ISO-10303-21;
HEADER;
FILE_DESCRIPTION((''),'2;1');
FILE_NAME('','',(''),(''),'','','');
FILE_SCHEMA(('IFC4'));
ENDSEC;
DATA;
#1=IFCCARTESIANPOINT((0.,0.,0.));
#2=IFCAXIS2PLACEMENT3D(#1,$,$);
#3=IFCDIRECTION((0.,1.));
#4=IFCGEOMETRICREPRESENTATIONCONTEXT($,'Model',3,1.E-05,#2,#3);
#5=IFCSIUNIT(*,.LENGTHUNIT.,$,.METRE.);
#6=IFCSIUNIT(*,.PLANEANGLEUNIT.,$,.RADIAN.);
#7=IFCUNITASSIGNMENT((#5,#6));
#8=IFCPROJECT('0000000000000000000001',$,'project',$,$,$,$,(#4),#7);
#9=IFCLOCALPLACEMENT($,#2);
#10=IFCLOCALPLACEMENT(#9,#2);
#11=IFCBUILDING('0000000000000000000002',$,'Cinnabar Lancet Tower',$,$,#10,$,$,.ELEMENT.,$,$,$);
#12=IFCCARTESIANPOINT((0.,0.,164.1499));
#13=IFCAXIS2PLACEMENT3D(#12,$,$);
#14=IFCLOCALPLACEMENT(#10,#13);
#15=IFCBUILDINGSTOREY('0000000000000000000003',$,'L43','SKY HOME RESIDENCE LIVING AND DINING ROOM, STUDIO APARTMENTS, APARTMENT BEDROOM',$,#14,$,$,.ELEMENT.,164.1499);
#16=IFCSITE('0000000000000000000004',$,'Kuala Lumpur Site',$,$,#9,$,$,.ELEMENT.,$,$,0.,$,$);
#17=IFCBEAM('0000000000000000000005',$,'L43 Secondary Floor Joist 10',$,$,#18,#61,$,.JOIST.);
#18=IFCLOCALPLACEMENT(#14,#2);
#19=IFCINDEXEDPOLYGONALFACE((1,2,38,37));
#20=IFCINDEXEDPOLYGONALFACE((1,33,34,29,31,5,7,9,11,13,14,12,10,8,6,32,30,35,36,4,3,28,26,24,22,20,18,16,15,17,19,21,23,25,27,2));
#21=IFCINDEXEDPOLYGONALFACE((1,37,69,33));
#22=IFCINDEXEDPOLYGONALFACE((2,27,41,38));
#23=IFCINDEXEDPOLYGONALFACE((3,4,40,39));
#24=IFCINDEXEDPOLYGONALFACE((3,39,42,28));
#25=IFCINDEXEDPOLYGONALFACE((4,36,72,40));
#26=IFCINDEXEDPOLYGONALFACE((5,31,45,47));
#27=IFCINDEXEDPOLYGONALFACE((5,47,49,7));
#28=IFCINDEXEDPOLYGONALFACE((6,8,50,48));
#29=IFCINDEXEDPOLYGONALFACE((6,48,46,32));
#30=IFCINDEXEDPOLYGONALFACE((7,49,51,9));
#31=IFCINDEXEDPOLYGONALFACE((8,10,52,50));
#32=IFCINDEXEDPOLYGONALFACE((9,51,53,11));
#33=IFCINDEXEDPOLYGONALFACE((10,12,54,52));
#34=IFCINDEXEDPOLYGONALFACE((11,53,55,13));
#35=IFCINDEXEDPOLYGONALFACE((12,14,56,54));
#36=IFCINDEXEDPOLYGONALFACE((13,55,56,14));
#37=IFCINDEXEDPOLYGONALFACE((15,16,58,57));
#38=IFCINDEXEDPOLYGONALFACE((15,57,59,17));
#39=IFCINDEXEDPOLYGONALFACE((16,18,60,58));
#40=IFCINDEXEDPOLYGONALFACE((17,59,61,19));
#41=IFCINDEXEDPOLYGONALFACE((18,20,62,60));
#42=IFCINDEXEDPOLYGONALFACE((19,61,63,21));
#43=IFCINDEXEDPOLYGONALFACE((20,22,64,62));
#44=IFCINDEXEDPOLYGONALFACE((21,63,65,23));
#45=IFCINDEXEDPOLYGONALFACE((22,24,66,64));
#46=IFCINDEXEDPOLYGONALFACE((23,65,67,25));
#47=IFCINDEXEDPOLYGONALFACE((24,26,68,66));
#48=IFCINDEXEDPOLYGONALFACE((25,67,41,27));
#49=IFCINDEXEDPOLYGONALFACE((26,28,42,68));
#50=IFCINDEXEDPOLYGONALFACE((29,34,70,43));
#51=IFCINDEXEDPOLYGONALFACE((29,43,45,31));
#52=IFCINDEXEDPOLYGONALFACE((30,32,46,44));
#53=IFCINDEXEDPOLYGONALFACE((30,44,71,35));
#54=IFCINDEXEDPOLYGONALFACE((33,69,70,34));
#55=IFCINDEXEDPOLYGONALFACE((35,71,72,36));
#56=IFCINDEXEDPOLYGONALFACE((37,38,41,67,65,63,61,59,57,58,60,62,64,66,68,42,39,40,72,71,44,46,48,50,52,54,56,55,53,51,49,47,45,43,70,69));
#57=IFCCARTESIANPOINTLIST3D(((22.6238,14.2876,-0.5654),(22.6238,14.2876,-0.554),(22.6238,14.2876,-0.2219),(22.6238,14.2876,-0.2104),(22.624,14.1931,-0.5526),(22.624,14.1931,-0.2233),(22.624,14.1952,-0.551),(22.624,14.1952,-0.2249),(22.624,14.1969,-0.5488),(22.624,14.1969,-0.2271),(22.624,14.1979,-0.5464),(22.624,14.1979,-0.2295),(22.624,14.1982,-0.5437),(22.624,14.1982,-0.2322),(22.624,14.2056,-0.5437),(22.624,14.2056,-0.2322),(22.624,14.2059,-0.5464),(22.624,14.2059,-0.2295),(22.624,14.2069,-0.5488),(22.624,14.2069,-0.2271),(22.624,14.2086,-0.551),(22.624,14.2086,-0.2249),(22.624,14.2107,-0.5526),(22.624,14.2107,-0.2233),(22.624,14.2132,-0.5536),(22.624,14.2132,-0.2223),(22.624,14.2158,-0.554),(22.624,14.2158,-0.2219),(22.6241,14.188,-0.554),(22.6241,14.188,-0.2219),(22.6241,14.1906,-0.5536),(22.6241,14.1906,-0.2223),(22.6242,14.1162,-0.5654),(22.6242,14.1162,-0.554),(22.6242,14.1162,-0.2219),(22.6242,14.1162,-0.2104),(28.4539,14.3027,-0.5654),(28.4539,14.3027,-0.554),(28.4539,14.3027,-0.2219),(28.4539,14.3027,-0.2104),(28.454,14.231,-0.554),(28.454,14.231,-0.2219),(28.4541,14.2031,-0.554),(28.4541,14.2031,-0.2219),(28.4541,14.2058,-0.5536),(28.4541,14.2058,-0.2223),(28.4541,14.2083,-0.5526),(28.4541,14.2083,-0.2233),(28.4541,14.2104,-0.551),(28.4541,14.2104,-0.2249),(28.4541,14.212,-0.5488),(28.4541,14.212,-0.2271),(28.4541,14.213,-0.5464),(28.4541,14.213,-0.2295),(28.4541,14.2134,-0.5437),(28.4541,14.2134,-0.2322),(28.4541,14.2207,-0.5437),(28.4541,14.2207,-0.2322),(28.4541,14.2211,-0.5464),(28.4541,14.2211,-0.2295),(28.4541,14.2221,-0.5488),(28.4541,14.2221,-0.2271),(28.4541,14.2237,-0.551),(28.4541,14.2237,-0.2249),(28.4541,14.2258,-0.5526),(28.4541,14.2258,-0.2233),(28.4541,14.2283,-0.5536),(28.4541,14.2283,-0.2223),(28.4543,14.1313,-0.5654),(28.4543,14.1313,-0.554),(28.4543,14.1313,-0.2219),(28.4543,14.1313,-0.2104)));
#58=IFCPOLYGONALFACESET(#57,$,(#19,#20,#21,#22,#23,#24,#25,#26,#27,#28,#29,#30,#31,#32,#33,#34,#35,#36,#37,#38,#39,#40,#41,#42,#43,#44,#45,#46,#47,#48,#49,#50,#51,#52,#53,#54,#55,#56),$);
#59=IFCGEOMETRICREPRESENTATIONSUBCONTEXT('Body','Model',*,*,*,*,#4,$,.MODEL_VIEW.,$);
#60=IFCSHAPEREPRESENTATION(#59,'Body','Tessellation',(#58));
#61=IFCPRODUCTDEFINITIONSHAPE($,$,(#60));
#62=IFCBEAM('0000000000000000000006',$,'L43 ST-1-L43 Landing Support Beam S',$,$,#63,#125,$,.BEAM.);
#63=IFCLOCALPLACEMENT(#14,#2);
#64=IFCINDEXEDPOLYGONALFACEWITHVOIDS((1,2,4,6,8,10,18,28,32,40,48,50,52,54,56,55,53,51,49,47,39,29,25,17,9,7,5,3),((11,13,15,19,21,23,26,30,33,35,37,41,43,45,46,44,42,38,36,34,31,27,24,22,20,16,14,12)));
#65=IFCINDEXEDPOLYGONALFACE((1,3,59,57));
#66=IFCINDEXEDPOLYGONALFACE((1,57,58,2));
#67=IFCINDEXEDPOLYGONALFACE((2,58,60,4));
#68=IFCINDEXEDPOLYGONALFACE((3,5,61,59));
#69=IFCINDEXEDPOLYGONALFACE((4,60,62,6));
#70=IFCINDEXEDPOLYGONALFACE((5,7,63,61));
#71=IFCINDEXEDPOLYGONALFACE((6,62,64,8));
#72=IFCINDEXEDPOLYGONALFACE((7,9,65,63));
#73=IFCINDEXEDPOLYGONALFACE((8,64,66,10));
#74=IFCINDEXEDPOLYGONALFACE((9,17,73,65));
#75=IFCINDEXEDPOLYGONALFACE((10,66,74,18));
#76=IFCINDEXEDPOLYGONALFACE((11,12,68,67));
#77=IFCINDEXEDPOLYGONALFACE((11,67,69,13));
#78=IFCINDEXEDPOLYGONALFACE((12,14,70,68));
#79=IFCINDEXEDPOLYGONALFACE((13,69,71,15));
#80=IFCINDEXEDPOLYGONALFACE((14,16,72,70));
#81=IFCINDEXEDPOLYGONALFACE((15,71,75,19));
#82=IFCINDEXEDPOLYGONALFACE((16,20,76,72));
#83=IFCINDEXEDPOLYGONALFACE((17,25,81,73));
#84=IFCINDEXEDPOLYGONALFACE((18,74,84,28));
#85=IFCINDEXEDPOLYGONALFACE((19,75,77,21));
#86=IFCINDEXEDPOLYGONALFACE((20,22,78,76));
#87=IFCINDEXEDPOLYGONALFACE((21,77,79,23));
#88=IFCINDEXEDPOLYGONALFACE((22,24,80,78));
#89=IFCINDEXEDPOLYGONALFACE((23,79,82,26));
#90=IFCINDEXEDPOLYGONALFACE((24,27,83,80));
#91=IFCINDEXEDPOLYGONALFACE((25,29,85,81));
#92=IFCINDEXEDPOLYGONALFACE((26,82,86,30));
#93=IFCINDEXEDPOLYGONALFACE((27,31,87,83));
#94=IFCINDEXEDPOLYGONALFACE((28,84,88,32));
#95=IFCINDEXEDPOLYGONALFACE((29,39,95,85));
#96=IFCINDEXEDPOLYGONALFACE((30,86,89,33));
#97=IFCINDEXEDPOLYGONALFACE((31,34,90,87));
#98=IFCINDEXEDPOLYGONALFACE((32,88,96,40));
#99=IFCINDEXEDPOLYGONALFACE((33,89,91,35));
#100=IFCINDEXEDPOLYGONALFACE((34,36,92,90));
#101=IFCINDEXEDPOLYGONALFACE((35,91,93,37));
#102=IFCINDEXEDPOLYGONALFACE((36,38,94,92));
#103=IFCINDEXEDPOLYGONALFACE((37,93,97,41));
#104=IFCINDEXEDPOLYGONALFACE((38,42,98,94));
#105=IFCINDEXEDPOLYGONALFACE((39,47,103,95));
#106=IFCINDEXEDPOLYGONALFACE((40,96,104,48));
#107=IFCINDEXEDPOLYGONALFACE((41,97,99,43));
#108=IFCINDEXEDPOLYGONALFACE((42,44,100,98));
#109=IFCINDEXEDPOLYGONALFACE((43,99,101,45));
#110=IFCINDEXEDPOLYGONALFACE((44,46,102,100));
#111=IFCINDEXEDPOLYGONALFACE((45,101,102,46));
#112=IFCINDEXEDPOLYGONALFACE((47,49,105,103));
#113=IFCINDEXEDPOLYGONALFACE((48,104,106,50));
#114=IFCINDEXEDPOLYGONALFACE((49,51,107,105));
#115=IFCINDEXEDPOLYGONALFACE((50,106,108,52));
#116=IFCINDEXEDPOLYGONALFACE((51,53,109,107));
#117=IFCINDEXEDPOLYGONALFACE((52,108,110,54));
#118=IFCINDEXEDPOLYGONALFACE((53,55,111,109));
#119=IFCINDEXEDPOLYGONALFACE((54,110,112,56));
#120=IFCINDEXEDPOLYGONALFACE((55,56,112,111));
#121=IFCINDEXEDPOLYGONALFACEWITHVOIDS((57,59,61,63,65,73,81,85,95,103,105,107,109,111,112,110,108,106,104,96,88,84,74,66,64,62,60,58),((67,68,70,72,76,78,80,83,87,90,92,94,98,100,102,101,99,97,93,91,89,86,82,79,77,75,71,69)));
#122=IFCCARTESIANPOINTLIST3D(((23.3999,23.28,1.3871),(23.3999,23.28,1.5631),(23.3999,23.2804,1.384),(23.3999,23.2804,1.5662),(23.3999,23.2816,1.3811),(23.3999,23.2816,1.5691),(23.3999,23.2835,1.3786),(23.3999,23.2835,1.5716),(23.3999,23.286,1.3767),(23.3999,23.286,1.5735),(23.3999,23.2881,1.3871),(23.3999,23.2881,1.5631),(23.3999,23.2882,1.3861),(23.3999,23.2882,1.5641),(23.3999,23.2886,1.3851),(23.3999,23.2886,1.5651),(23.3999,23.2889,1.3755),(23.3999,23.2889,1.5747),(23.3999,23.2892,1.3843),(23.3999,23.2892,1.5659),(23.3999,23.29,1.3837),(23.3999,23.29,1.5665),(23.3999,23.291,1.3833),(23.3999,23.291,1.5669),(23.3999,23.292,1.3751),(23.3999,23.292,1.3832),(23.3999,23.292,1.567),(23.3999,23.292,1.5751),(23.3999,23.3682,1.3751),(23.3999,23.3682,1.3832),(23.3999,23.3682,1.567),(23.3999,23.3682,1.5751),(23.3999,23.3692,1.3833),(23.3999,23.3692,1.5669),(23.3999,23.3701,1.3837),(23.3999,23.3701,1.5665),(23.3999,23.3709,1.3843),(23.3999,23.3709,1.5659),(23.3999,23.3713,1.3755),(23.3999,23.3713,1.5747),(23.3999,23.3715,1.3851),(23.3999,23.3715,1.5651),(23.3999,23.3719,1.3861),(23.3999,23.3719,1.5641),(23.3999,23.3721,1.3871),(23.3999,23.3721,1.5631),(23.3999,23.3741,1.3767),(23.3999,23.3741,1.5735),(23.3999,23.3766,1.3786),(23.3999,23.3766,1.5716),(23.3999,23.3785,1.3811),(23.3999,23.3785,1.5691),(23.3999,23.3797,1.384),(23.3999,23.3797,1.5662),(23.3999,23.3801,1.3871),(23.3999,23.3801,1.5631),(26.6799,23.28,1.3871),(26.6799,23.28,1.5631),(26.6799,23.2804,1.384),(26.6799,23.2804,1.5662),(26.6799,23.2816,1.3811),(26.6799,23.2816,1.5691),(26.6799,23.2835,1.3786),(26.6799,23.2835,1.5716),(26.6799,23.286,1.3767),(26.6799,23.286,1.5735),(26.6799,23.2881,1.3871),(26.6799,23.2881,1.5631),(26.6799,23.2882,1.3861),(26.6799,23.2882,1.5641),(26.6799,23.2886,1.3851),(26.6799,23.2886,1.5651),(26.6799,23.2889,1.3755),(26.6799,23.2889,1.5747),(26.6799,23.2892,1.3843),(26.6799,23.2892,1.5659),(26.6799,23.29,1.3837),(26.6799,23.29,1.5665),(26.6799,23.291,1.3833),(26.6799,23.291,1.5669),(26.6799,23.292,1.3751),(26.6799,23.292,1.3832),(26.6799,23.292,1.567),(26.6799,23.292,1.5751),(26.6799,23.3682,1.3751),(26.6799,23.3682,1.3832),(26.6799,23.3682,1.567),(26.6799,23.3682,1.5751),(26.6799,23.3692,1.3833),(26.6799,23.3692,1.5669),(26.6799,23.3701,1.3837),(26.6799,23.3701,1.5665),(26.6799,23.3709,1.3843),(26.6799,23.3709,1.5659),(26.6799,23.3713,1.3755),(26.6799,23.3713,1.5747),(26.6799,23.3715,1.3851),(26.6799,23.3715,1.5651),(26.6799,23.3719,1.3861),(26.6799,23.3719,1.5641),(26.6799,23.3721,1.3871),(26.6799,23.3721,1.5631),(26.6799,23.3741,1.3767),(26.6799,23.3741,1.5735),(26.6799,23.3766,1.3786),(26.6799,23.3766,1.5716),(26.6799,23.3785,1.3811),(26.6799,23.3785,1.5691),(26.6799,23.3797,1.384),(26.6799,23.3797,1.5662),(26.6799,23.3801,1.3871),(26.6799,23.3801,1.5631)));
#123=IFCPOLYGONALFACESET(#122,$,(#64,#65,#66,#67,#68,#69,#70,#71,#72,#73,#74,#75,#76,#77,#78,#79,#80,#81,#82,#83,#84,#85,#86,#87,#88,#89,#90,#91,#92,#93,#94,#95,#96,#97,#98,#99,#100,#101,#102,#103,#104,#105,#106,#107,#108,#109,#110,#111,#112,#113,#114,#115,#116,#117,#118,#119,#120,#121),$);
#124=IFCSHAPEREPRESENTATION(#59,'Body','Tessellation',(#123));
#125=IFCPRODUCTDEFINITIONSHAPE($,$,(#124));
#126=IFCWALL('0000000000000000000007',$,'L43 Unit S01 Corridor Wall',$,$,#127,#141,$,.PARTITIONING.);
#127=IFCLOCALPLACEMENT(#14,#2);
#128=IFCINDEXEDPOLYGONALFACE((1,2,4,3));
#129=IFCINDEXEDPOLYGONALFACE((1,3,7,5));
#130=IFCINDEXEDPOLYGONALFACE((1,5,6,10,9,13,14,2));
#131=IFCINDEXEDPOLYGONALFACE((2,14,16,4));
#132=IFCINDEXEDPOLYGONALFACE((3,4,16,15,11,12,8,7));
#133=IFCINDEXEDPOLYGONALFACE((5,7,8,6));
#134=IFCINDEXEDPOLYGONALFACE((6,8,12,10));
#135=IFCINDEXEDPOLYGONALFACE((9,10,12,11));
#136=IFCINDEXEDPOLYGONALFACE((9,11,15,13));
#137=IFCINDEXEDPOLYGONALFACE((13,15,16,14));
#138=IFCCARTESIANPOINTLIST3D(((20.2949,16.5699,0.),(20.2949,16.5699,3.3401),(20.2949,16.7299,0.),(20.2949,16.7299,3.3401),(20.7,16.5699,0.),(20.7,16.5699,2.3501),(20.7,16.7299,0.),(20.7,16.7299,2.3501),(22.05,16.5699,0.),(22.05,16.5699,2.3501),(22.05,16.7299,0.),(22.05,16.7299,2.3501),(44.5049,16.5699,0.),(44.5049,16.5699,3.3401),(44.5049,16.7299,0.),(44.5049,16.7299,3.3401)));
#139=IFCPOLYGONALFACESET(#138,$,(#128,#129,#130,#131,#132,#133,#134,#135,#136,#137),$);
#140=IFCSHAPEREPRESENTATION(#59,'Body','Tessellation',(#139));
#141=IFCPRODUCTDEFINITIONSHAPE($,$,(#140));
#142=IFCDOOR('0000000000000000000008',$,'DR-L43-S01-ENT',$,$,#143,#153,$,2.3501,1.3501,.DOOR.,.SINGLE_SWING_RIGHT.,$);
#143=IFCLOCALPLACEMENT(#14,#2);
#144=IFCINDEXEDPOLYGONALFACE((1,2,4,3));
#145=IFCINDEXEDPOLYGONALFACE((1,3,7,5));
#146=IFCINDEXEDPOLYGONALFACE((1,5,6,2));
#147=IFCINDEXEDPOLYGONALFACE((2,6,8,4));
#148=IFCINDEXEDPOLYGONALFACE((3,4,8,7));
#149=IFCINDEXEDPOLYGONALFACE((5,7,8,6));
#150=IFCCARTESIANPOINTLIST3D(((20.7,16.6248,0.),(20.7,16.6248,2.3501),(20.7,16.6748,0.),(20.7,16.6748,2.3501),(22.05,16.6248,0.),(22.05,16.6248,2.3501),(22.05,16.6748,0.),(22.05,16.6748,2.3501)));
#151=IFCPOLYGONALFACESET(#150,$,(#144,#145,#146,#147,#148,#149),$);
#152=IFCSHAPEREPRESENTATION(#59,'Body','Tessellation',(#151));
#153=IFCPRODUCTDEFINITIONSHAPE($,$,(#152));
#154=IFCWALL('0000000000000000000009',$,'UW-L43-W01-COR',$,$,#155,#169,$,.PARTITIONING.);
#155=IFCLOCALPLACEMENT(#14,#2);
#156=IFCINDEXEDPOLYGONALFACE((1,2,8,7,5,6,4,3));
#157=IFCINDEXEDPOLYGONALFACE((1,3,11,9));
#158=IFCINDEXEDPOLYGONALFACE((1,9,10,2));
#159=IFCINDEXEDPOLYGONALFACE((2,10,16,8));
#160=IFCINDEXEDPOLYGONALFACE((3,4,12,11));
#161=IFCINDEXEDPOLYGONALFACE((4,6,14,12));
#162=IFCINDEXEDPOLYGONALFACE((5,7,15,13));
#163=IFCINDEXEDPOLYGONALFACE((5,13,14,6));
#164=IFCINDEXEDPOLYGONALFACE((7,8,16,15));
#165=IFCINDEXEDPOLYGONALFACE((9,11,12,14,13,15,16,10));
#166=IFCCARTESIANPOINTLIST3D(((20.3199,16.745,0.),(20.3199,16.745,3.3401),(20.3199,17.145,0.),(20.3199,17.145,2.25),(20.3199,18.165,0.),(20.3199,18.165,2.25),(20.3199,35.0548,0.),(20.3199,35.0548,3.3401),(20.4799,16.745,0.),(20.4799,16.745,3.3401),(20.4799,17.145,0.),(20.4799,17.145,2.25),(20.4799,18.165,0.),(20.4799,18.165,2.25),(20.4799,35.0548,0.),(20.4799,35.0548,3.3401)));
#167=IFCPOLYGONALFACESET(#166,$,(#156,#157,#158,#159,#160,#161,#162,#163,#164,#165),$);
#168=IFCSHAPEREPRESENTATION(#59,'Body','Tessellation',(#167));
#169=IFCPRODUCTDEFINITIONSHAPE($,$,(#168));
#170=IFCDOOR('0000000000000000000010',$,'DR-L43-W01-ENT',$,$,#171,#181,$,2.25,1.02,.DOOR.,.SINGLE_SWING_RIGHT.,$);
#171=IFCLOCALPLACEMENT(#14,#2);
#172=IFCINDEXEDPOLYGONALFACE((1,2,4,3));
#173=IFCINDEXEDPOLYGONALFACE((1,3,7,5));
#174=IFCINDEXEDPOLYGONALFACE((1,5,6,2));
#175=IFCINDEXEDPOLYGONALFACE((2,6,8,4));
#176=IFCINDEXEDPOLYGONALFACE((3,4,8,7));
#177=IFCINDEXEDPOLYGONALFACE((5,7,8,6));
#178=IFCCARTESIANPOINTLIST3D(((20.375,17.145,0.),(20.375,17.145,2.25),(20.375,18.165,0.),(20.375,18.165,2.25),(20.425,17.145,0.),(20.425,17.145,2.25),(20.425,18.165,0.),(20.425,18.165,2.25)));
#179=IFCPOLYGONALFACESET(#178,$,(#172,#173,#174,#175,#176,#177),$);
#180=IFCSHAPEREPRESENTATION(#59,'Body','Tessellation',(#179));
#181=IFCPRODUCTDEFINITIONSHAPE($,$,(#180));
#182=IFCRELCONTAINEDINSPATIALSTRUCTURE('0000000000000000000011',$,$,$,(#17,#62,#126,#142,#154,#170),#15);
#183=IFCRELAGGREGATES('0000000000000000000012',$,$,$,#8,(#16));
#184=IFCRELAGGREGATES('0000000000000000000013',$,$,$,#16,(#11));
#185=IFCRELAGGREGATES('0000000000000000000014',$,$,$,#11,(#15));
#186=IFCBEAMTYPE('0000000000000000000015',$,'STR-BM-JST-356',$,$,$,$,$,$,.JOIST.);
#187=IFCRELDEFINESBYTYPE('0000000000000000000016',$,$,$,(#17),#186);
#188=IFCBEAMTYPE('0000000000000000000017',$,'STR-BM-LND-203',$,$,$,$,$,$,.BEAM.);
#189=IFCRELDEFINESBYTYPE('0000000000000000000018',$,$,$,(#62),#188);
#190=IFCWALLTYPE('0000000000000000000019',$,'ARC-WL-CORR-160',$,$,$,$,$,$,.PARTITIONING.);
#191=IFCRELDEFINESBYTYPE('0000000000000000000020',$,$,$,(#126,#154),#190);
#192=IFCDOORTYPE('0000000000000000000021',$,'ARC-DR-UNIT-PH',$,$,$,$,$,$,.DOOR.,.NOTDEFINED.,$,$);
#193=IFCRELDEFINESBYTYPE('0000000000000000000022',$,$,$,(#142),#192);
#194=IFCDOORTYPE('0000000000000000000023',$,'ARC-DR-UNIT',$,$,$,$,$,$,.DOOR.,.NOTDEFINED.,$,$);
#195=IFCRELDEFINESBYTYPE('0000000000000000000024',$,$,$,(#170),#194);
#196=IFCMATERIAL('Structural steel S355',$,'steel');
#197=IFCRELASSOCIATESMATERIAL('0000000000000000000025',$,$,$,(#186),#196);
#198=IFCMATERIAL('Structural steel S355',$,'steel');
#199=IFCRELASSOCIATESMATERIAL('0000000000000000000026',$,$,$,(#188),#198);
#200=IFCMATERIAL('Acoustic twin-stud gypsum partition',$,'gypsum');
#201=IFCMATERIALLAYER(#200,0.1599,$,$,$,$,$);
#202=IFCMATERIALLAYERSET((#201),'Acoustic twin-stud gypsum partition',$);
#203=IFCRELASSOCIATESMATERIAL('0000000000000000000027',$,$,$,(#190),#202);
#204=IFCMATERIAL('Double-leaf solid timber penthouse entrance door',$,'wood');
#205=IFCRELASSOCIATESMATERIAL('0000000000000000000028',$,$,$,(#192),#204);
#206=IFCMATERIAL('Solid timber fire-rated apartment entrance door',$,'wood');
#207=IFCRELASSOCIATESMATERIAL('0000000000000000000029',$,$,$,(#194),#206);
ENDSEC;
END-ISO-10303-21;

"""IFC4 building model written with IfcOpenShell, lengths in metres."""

from ifc_helpers import new_model, si_unit, direction, frame, frame_2d, origin, origin_2d, place, context, subcontext, project, spatial, rectangle, hollow_rectangle, i_section, extrude, material, layer, layer_set, material_profile, profile_set, type_object, element, fill, save


model = new_model("IFC4")

# Units and contexts
model_context = context("Model", 3, precision=1e-05, world=origin(), true_north=direction((0.0, 1.0)))
body_context = subcontext(model_context, "Body", "Model", "MODEL_VIEW")
ifc_project = project(units=[si_unit("LENGTHUNIT", "METRE"), si_unit("PLANEANGLEUNIT", "RADIAN")], contexts=[model_context])

# Site, building, storey
site_placement = place(None, origin())
site = spatial("IfcSite", under=ifc_project, at=site_placement, Name="Kuala Lumpur Site", CompositionType="ELEMENT", RefElevation=0.0)
building_placement = place(site_placement, origin())
building = spatial("IfcBuilding", under=site, at=building_placement, Name="Cinnabar Lancet Tower", CompositionType="ELEMENT")
storey_placement = place(building_placement, frame((0.0, 0.0, 164.1499)))
storey = spatial("IfcBuildingStorey", under=building, at=storey_placement, Name="L43", Description="SKY HOME RESIDENCE LIVING AND DINING ROOM, STUDIO APARTMENTS, APARTMENT BEDROOM", CompositionType="ELEMENT", Elevation=164.1499)

# Beams
ifc_material_1 = material(Name="Structural steel S355", Category="steel")
ifc_material_profile_1 = material_profile(ifc_material_1, i_section(OverallWidth=0.1714, OverallDepth=0.355, WebThickness=0.0073, FlangeThickness=0.0115, FilletRadius=0.0103, at=origin_2d()), Name="UKB 356x171x51")
ifc_profile_set_1 = profile_set([ifc_material_profile_1], Name="Structural steel S355")
beam_type_1 = type_object("IfcBeamType", Name="STR-BM-JST-356", PredefinedType="JOIST", material=ifc_profile_set_1)
beam_1_placement = place(storey_placement, frame((22.624, 14.2019, -0.3879), z_axis=(0.999997, 0.002596, 0.0), x_axis=(-0.002596, 0.999997, 0.0)))
element("IfcBeam", 1, at=beam_1_placement, inside=storey, type_object=beam_type_1, Name="L43 Secondary Floor Joist 10", PredefinedType="JOIST", context=body_context, shape_type="SweptSolid", body=[
    extrude(i_section(OverallWidth=0.1714, OverallDepth=0.355, WebThickness=0.0073, FlangeThickness=0.0115, FilletRadius=0.0103, at=origin_2d()), origin(), (0.0, 0.0, 1.0), 5.8301),
])
ifc_material_2 = material(Name="Structural steel S355", Category="steel")
ifc_material_profile_2 = material_profile(ifc_material_2, hollow_rectangle(XDim=0.1001, YDim=0.2, WallThickness=0.0081, InnerFilletRadius=0.0039, OuterFilletRadius=0.012, at=origin_2d()), Name="RHS 200x100x8")
ifc_profile_set_2 = profile_set([ifc_material_profile_2], Name="Structural steel S355")
beam_type_2 = type_object("IfcBeamType", Name="STR-BM-LND-203", PredefinedType="BEAM", material=ifc_profile_set_2)
beam_2_placement = place(storey_placement, frame((23.3999, 23.3301, 1.4751), z_axis=(1.0, 0.0, 0.0), x_axis=(0.0, 1.0, 0.0)))
element("IfcBeam", 2, at=beam_2_placement, inside=storey, type_object=beam_type_2, Name="L43 ST-1-L43 Landing Support Beam S", PredefinedType="BEAM", context=body_context, shape_type="SweptSolid", body=[
    extrude(hollow_rectangle(XDim=0.1001, YDim=0.2, WallThickness=0.0081, InnerFilletRadius=0.0039, OuterFilletRadius=0.012, at=origin_2d()), origin(), (0.0, 0.0, 1.0), 3.28),
])

# Walls, openings, doors
ifc_material_3 = material(Name="Acoustic twin-stud gypsum partition", Category="gypsum")
ifc_layer_1 = layer(ifc_material_3, 0.1599)
ifc_layer_set_1 = layer_set([ifc_layer_1], Name="Acoustic twin-stud gypsum partition")
wall_type_1 = type_object("IfcWallType", Name="ARC-WL-CORR-160", PredefinedType="PARTITIONING", material=ifc_layer_set_1)
wall_1_placement = place(storey_placement, frame((20.2949, 16.6499, 0.0), z_axis=(0.0, 0.0, 1.0), x_axis=(1.0, 0.0, 0.0)))
wall_1 = element("IfcWall", 3, at=wall_1_placement, inside=storey, type_object=wall_type_1, Name="L43 Unit S01 Corridor Wall", PredefinedType="PARTITIONING", context=body_context, shape_type="SweptSolid", body=[
    extrude(rectangle(XDim=24.21, YDim=0.1599, at=frame_2d((12.105, 0.0))), origin(), (0.0, 0.0, 1.0), 3.3401),
])
opening_1_placement = place(wall_1_placement, frame((0.405, 0.0, 0.0)))
opening_1 = element("IfcOpeningElement", 4, at=opening_1_placement, cuts=wall_1, PredefinedType="OPENING", context=body_context, shape_type="SweptSolid", body=[
    extrude(rectangle(XDim=1.3501, YDim=2.3501, at=frame_2d((0.675, 1.175))), frame((0.0, 0.0898, 0.0), z_axis=(0.0, -1.0, 0.0), x_axis=(1.0, 0.0, 0.0)), (0.0, 0.0, 1.0), 0.1799),
])
ifc_material_4 = material(Name="Double-leaf solid timber penthouse entrance door", Category="wood")
door_type_1 = type_object("IfcDoorType", Name="ARC-DR-UNIT-PH", OperationType="NOTDEFINED", PredefinedType="DOOR", material=ifc_material_4)
door_1_placement = place(opening_1_placement, origin())
door_1 = element("IfcDoor", 5, at=door_1_placement, inside=storey, type_object=door_type_1, Name="DR-L43-S01-ENT", OperationType="SINGLE_SWING_RIGHT", OverallHeight=2.3501, OverallWidth=1.3501, PredefinedType="DOOR", context=body_context, shape_type="SweptSolid", body=[
    extrude(rectangle(XDim=1.3501, YDim=2.3501, at=frame_2d((0.675, 1.175))), frame((0.0, 0.0249, 0.0), z_axis=(0.0, -1.0, 0.0), x_axis=(1.0, 0.0, 0.0)), (0.0, 0.0, 1.0), 0.05),
])
fill(opening_1, door_1)
wall_2_placement = place(storey_placement, frame((20.3999, 16.7451, 0.0), z_axis=(0.0, 0.0, 1.0), x_axis=(0.0, 1.0, 0.0)))
wall_2 = element("IfcWall", 6, at=wall_2_placement, inside=storey, type_object=wall_type_1, Name="UW-L43-W01-COR", PredefinedType="PARTITIONING", context=body_context, shape_type="SweptSolid", body=[
    extrude(rectangle(XDim=18.3098, YDim=0.1599, at=frame_2d((9.1548, 0.0))), origin(), (0.0, 0.0, 1.0), 3.3401),
])
opening_2_placement = place(wall_2_placement, frame((0.3999, 0.0, 0.0)))
opening_2 = element("IfcOpeningElement", 7, at=opening_2_placement, cuts=wall_2, PredefinedType="OPENING", context=body_context, shape_type="SweptSolid", body=[
    extrude(rectangle(XDim=1.02, YDim=2.25, at=frame_2d((0.51, 1.125))), frame((0.0, 0.0898, 0.0), z_axis=(0.0, -1.0, 0.0), x_axis=(1.0, 0.0, 0.0)), (0.0, 0.0, 1.0), 0.1799),
])
ifc_material_5 = material(Name="Solid timber fire-rated apartment entrance door", Category="wood")
door_type_2 = type_object("IfcDoorType", Name="ARC-DR-UNIT", OperationType="NOTDEFINED", PredefinedType="DOOR", material=ifc_material_5)
door_2_placement = place(opening_2_placement, origin())
door_2 = element("IfcDoor", 8, at=door_2_placement, inside=storey, type_object=door_type_2, Name="DR-L43-W01-ENT", OperationType="SINGLE_SWING_RIGHT", OverallHeight=2.25, OverallWidth=1.02, PredefinedType="DOOR", context=body_context, shape_type="SweptSolid", body=[
    extrude(rectangle(XDim=1.02, YDim=2.25, at=frame_2d((0.51, 1.125))), frame((0.0, 0.0249, 0.0), z_axis=(0.0, -1.0, 0.0), x_axis=(1.0, 0.0, 0.0)), (0.0, 0.0, 1.0), 0.05),
])
fill(opening_2, door_2)

save(model, "model.ifc")
